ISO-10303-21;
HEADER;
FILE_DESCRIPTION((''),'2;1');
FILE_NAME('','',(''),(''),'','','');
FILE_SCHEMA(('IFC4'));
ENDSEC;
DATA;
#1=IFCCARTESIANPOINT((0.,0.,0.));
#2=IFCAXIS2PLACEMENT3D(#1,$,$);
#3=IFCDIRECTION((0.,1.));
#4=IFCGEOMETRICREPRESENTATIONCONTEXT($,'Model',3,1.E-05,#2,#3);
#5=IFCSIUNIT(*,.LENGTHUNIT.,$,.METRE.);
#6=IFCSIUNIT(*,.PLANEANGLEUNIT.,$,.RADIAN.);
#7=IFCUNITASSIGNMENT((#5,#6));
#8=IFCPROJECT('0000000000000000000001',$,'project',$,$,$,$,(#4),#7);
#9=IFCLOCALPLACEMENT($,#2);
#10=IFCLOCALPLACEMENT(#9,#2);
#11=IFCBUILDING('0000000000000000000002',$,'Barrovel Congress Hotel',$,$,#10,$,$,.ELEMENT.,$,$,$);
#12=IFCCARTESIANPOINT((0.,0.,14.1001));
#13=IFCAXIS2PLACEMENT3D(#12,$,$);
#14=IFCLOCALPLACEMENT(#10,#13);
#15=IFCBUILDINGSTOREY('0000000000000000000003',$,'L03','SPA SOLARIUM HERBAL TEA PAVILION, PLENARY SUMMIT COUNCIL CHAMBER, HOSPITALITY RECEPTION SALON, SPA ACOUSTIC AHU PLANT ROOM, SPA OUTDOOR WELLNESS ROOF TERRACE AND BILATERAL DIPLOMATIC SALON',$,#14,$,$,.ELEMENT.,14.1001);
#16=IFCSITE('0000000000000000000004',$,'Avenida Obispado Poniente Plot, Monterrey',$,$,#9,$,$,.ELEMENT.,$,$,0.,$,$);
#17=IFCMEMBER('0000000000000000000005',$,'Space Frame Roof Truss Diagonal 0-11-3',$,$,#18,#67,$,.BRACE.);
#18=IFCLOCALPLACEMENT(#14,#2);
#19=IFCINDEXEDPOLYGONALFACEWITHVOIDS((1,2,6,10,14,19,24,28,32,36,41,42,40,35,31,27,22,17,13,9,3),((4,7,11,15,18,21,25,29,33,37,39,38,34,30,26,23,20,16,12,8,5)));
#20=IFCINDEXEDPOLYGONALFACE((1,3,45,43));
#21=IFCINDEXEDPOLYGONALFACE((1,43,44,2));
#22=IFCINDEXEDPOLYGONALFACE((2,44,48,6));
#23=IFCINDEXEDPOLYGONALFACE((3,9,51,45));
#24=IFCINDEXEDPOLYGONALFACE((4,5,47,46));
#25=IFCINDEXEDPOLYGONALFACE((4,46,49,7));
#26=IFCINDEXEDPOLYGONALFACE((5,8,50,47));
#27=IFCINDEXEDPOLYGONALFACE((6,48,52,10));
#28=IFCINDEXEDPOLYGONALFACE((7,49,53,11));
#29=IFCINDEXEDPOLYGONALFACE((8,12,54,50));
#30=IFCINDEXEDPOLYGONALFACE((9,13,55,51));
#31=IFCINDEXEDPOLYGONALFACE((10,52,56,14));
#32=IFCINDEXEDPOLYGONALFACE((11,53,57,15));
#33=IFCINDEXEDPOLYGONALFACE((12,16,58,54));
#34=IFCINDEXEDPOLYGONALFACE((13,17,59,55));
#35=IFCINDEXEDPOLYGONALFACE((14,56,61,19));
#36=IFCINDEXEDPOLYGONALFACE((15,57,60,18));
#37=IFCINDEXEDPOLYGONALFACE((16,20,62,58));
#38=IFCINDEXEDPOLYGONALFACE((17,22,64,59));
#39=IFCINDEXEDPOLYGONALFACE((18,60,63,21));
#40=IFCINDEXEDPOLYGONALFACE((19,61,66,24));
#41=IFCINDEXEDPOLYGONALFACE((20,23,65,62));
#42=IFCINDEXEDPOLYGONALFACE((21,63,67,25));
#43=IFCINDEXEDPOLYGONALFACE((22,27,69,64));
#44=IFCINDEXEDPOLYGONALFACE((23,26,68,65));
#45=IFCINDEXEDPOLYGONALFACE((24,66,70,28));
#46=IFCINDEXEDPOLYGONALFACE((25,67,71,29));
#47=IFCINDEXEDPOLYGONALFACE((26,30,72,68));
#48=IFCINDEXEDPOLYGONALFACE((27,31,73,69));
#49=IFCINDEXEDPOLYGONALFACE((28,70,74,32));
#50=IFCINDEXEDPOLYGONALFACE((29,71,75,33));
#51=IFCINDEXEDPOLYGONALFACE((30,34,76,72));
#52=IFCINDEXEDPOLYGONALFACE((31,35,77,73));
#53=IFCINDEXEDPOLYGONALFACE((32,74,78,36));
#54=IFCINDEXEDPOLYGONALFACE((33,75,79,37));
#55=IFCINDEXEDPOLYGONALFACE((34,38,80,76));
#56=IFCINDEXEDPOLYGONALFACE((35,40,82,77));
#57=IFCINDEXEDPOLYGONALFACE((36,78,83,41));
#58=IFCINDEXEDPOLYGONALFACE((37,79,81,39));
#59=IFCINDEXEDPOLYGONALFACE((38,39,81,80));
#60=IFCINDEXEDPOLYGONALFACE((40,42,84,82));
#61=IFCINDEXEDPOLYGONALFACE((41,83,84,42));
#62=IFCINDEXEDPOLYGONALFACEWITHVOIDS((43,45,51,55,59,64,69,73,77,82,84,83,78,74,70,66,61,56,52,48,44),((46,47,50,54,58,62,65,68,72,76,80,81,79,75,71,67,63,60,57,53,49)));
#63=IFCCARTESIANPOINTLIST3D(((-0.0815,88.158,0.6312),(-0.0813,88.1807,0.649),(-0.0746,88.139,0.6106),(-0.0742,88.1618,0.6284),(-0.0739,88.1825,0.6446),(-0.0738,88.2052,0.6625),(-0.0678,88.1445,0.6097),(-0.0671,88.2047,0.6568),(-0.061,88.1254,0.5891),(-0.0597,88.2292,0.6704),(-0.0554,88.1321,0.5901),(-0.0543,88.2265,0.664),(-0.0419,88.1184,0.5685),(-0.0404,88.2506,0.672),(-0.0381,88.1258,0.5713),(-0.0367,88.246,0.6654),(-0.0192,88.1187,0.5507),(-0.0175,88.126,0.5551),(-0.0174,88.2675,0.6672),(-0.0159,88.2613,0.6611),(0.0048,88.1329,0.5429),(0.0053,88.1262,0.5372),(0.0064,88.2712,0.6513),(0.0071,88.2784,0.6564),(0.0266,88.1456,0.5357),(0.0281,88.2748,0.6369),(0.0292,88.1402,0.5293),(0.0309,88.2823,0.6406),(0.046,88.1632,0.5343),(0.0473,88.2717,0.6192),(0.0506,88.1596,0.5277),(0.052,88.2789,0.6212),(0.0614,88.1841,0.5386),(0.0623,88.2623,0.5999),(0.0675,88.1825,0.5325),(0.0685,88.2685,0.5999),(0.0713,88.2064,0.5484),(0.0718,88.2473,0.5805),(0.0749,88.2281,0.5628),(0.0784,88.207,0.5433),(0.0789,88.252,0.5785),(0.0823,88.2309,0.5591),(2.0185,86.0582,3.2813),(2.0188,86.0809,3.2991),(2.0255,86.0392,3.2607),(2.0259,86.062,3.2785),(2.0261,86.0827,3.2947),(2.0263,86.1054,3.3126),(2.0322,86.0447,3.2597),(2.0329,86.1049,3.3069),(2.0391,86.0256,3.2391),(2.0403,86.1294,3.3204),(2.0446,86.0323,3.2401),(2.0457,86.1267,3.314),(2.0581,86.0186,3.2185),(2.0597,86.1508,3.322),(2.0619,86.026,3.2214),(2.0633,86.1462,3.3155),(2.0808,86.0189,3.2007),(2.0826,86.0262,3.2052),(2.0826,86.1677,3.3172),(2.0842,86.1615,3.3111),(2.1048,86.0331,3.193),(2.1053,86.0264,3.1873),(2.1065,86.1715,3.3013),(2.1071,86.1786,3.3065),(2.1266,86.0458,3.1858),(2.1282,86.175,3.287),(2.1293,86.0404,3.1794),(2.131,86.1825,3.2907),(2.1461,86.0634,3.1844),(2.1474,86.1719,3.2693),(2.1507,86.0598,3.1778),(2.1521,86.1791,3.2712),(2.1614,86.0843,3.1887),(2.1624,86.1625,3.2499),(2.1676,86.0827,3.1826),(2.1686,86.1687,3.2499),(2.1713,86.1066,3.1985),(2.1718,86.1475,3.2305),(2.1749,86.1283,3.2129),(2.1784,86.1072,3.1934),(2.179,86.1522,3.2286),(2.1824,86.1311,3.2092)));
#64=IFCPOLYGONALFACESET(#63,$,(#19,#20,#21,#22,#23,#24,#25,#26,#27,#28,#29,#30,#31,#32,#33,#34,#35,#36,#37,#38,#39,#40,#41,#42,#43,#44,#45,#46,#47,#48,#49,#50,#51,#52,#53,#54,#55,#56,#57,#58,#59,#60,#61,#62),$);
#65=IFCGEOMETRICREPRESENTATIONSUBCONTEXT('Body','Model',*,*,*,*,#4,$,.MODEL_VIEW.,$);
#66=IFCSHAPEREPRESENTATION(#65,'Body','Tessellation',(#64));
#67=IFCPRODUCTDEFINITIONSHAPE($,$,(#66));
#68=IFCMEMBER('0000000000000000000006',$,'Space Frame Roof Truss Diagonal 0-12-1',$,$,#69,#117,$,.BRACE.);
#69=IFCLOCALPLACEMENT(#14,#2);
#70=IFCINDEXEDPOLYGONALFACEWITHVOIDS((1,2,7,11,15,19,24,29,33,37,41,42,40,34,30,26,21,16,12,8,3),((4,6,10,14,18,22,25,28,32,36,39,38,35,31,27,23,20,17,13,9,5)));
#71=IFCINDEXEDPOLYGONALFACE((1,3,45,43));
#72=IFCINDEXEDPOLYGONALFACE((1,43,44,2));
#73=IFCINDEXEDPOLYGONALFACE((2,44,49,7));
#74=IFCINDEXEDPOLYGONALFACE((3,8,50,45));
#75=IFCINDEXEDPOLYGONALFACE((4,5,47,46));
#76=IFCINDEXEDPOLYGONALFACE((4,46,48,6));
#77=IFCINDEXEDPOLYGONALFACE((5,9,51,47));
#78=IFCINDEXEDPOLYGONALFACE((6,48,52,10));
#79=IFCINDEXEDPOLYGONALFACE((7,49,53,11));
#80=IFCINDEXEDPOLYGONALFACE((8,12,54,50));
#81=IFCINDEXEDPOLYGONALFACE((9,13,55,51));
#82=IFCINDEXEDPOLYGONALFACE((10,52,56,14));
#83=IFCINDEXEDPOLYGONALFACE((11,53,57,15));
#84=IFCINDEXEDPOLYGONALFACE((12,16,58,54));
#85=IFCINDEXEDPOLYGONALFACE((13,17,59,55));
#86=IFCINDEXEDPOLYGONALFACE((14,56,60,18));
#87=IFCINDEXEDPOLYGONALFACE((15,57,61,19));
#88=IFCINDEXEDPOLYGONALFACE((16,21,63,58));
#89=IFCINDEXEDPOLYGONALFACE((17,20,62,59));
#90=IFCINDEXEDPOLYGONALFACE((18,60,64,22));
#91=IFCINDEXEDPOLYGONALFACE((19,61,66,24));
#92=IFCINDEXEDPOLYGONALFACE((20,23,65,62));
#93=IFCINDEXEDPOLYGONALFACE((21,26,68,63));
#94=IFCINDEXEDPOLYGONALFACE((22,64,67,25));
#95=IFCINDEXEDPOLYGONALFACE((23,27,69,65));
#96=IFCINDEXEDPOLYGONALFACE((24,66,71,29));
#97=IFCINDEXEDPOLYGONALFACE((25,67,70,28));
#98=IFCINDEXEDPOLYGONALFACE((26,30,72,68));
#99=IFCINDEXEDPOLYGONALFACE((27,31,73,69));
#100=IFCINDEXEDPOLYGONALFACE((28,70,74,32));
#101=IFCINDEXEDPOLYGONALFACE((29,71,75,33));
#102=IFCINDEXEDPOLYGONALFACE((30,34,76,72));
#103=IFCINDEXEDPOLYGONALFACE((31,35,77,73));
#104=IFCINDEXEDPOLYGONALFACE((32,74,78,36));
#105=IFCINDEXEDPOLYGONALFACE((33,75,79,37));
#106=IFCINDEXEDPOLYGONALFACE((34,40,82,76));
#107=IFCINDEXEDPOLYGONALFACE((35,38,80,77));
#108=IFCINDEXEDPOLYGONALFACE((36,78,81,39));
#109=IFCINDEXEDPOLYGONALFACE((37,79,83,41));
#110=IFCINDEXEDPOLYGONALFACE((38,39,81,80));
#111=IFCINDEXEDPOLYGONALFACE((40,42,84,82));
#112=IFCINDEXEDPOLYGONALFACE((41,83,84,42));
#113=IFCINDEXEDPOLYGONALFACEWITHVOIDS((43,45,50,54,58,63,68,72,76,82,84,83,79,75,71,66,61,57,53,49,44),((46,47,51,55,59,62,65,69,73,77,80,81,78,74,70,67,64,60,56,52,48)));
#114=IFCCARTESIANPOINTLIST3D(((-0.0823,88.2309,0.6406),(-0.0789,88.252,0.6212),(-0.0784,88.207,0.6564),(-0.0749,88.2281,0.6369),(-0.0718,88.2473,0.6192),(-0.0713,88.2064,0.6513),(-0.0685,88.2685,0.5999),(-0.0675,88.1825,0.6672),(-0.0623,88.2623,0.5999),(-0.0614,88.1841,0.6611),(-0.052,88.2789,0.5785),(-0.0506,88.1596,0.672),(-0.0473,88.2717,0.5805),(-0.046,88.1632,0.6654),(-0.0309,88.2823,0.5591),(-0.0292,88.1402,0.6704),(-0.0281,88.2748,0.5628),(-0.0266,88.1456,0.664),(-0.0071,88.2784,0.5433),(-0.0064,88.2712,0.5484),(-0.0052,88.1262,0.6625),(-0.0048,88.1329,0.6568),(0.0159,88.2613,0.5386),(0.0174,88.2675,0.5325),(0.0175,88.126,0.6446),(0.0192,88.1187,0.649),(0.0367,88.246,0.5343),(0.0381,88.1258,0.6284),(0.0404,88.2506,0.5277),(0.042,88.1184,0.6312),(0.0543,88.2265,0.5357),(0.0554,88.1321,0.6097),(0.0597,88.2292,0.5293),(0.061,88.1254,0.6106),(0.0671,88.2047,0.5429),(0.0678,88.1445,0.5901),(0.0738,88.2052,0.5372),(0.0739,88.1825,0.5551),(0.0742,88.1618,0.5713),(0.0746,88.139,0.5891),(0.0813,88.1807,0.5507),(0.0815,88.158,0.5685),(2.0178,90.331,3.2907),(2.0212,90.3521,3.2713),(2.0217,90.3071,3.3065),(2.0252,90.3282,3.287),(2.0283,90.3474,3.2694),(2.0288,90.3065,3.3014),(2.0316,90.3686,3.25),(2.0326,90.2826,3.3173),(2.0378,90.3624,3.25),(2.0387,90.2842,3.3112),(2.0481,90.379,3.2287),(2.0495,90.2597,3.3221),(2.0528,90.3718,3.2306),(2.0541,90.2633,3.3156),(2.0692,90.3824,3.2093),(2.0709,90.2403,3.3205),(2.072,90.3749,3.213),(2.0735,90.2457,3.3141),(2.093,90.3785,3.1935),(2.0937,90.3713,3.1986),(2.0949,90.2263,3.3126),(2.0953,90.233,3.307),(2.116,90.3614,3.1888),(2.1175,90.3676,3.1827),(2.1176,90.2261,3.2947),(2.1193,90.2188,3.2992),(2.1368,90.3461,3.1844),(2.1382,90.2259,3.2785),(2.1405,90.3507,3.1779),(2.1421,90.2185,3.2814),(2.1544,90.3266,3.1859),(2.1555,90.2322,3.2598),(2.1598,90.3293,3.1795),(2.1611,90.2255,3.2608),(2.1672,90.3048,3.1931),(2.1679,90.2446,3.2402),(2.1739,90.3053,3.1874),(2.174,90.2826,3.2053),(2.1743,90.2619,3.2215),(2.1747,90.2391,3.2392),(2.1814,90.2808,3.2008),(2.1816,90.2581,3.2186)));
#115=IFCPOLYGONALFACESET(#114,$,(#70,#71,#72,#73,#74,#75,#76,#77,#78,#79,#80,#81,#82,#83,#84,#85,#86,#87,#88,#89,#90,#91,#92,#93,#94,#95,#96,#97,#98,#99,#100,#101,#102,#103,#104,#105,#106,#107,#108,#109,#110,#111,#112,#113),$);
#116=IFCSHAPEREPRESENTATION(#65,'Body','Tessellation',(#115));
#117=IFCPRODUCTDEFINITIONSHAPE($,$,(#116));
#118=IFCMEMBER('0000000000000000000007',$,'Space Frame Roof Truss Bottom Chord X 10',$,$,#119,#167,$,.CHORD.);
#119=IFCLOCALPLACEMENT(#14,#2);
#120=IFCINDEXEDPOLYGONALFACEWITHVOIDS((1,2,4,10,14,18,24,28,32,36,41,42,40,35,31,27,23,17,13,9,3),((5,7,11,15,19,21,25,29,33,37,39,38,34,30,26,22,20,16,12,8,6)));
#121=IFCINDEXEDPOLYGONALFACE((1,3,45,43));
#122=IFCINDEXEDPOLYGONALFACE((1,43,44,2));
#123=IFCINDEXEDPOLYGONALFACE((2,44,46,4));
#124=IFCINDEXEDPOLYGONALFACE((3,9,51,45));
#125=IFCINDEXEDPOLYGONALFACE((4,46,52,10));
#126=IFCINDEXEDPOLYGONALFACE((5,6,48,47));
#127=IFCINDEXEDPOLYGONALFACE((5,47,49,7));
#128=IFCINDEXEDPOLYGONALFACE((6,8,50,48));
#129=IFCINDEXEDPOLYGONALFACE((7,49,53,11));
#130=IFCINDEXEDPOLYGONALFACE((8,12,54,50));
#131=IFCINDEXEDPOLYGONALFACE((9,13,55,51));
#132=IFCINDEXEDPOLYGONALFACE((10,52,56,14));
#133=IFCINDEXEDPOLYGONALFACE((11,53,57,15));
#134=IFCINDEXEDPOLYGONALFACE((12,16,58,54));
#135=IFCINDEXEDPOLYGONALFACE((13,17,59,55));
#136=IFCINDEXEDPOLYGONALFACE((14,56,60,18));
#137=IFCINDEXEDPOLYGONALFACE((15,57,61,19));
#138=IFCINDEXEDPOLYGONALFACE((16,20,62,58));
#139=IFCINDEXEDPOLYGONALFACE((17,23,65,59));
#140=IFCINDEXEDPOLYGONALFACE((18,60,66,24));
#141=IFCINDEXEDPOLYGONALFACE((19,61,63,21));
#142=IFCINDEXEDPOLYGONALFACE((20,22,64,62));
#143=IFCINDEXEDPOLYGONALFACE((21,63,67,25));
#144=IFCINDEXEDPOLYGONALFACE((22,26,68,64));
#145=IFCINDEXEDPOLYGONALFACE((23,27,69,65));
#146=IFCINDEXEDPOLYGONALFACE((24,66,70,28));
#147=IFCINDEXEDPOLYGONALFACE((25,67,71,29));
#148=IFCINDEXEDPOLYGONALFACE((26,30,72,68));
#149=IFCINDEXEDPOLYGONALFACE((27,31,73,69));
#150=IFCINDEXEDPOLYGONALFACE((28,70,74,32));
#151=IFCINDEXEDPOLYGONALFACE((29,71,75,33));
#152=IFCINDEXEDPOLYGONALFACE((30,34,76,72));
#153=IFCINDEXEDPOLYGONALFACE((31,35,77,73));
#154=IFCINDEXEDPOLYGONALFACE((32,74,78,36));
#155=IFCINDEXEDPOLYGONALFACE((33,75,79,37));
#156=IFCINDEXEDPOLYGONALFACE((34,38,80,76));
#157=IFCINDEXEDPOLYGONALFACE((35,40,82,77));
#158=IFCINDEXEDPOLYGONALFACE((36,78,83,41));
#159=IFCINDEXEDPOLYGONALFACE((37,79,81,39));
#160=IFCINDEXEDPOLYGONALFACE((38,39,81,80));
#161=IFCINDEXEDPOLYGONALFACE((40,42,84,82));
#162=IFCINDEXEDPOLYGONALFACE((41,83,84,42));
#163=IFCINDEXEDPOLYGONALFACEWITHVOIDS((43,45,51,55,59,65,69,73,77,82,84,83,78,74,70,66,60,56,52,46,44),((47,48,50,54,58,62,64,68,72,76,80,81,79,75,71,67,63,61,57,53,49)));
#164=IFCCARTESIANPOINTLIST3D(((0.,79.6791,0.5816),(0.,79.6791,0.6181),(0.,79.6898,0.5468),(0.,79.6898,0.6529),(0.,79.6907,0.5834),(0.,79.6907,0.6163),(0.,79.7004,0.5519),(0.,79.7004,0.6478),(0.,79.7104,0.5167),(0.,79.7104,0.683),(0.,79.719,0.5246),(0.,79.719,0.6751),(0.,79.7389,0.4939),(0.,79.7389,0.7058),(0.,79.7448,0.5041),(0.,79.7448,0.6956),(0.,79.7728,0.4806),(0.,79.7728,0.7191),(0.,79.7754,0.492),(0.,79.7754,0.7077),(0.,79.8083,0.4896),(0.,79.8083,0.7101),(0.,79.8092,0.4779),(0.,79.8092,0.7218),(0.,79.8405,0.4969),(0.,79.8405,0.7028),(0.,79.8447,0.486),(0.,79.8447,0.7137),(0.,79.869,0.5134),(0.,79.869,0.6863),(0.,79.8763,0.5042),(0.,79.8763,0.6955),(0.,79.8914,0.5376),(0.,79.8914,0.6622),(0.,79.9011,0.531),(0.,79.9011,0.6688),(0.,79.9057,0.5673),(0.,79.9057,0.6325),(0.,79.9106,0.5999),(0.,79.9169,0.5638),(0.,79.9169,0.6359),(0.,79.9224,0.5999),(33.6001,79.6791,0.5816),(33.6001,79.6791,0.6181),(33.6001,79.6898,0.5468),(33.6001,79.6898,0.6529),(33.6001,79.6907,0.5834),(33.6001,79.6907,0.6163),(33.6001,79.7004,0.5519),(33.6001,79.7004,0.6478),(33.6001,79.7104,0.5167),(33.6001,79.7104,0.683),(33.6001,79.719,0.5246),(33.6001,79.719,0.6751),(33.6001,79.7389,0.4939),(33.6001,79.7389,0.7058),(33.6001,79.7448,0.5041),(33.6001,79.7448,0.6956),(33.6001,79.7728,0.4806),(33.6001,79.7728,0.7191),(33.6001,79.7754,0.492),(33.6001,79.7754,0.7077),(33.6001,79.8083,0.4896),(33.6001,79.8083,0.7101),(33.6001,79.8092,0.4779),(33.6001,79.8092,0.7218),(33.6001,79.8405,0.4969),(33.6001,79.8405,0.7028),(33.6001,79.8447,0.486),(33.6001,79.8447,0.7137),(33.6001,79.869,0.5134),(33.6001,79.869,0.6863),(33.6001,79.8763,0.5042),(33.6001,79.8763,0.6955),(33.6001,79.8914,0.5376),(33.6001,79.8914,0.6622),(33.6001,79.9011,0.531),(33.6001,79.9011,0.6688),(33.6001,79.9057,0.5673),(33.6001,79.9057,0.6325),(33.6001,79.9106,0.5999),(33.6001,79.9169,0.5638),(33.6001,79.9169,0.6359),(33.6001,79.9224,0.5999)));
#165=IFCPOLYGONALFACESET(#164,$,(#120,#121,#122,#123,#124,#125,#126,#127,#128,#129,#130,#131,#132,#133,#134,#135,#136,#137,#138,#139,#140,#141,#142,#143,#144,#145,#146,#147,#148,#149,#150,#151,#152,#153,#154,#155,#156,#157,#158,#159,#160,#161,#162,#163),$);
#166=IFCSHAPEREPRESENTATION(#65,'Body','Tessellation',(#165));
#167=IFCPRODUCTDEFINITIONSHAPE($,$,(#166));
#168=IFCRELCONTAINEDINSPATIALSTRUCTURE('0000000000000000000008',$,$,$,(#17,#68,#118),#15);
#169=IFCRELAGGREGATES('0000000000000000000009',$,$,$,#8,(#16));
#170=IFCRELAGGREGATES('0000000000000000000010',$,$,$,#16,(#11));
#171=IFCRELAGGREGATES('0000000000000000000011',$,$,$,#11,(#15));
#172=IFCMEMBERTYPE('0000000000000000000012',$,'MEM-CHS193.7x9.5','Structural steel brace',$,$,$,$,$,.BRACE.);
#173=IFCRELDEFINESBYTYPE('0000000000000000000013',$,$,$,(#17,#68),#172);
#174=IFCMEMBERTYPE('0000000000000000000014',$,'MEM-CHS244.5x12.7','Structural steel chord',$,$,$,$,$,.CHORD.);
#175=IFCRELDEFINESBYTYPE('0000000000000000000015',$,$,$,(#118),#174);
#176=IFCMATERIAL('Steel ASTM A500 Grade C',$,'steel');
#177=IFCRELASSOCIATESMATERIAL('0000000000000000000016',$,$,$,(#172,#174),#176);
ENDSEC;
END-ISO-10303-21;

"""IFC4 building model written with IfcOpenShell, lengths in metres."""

from ifc_helpers import new_model, si_unit, direction, frame, origin, origin_2d, place, context, subcontext, project, spatial, hollow_circle, extrude, material, material_profile, profile_set, type_object, element, save


model = new_model("IFC4")

# Units and contexts
model_context = context("Model", 3, precision=1e-05, world=origin(), true_north=direction((0.0, 1.0)))
body_context = subcontext(model_context, "Body", "Model", "MODEL_VIEW")
ifc_project = project(units=[si_unit("LENGTHUNIT", "METRE"), si_unit("PLANEANGLEUNIT", "RADIAN")], contexts=[model_context])

# Site, building, storey
site_placement = place(None, origin())
site = spatial("IfcSite", under=ifc_project, at=site_placement, Name="Avenida Obispado Poniente Plot, Monterrey", CompositionType="ELEMENT", RefElevation=0.0)
building_placement = place(site_placement, origin())
building = spatial("IfcBuilding", under=site, at=building_placement, Name="Barrovel Congress Hotel", CompositionType="ELEMENT")
storey_placement = place(building_placement, frame((0.0, 0.0, 14.1001)))
storey = spatial("IfcBuildingStorey", under=building, at=storey_placement, Name="L03", Description="SPA SOLARIUM HERBAL TEA PAVILION, PLENARY SUMMIT COUNCIL CHAMBER, HOSPITALITY RECEPTION SALON, SPA ACOUSTIC AHU PLANT ROOM, SPA OUTDOOR WELLNESS ROOF TERRACE AND BILATERAL DIPLOMATIC SALON", CompositionType="ELEMENT", Elevation=14.1001)

# Members
ifc_material_1 = material(Name="Steel ASTM A500 Grade C", Category="steel")
ifc_material_profile_1 = material_profile(ifc_material_1, hollow_circle(Radius=0.0969, WallThickness=0.0088, at=origin_2d()), Name="CHS193.7x9.5")
ifc_profile_set_1 = profile_set([ifc_material_profile_1], Name="Steel ASTM A500 Grade C")
member_type_1 = type_object("IfcMemberType", Name="MEM-CHS193.7x9.5", Description="Structural steel brace", PredefinedType="BRACE", material=ifc_profile_set_1)
for number, where, z_axis, x_axis, name in (
    (1, (0.0, 88.2, 0.5999), (0.527618, -0.527557, 0.66581), (0.707066, 0.707148, 0.0), "Space Frame Roof Truss Diagonal 0-11-3"),
):
    element("IfcMember", number, at=place(storey_placement, frame(where, z_axis=z_axis, x_axis=x_axis)), inside=storey, type_object=member_type_1, Name=name, PredefinedType="BRACE", context=body_context, shape_type="SweptSolid", body=[
        extrude(hollow_circle(Radius=0.0969, WallThickness=0.0088, at=origin_2d()), origin(), (0.0, 0.0, 1.0), 3.9802),
    ])
member_1_placement = place(storey_placement, frame((0.0, 88.2, 0.5999), z_axis=(0.527601, 0.527601, 0.665788), x_axis=(-0.707107, 0.707107, 0.0)))
element("IfcMember", 2, at=member_1_placement, inside=storey, type_object=member_type_1, Name="Space Frame Roof Truss Diagonal 0-12-1", PredefinedType="BRACE", context=body_context, shape_type="SweptSolid", body=[
    extrude(hollow_circle(Radius=0.0969, WallThickness=0.0088, at=origin_2d()), origin(), (0.0, 0.0, 1.0), 3.9805),
])
ifc_material_profile_2 = material_profile(ifc_material_1, hollow_circle(Radius=0.1223, WallThickness=0.0117, at=origin_2d()), Name="CHS244.5x12.7")
ifc_profile_set_2 = profile_set([ifc_material_profile_2], Name="Steel ASTM A500 Grade C")
member_type_2 = type_object("IfcMemberType", Name="MEM-CHS244.5x12.7", Description="Structural steel chord", PredefinedType="CHORD", material=ifc_profile_set_2)
for number, where, z_axis, x_axis, name in (
    (3, (0.0, 79.8, 0.5999), (1.0, 0.0, 0.0), (0.0, 1.0, 0.0), "Space Frame Roof Truss Bottom Chord X 10"),
):
    element("IfcMember", number, at=place(storey_placement, frame(where, z_axis=z_axis, x_axis=x_axis)), inside=storey, type_object=member_type_2, Name=name, PredefinedType="CHORD", context=body_context, shape_type="SweptSolid", body=[
        extrude(hollow_circle(Radius=0.1223, WallThickness=0.0117, at=origin_2d()), origin(), (0.0, 0.0, 1.0), 33.6001),
    ])

save(model, "model.ifc")
